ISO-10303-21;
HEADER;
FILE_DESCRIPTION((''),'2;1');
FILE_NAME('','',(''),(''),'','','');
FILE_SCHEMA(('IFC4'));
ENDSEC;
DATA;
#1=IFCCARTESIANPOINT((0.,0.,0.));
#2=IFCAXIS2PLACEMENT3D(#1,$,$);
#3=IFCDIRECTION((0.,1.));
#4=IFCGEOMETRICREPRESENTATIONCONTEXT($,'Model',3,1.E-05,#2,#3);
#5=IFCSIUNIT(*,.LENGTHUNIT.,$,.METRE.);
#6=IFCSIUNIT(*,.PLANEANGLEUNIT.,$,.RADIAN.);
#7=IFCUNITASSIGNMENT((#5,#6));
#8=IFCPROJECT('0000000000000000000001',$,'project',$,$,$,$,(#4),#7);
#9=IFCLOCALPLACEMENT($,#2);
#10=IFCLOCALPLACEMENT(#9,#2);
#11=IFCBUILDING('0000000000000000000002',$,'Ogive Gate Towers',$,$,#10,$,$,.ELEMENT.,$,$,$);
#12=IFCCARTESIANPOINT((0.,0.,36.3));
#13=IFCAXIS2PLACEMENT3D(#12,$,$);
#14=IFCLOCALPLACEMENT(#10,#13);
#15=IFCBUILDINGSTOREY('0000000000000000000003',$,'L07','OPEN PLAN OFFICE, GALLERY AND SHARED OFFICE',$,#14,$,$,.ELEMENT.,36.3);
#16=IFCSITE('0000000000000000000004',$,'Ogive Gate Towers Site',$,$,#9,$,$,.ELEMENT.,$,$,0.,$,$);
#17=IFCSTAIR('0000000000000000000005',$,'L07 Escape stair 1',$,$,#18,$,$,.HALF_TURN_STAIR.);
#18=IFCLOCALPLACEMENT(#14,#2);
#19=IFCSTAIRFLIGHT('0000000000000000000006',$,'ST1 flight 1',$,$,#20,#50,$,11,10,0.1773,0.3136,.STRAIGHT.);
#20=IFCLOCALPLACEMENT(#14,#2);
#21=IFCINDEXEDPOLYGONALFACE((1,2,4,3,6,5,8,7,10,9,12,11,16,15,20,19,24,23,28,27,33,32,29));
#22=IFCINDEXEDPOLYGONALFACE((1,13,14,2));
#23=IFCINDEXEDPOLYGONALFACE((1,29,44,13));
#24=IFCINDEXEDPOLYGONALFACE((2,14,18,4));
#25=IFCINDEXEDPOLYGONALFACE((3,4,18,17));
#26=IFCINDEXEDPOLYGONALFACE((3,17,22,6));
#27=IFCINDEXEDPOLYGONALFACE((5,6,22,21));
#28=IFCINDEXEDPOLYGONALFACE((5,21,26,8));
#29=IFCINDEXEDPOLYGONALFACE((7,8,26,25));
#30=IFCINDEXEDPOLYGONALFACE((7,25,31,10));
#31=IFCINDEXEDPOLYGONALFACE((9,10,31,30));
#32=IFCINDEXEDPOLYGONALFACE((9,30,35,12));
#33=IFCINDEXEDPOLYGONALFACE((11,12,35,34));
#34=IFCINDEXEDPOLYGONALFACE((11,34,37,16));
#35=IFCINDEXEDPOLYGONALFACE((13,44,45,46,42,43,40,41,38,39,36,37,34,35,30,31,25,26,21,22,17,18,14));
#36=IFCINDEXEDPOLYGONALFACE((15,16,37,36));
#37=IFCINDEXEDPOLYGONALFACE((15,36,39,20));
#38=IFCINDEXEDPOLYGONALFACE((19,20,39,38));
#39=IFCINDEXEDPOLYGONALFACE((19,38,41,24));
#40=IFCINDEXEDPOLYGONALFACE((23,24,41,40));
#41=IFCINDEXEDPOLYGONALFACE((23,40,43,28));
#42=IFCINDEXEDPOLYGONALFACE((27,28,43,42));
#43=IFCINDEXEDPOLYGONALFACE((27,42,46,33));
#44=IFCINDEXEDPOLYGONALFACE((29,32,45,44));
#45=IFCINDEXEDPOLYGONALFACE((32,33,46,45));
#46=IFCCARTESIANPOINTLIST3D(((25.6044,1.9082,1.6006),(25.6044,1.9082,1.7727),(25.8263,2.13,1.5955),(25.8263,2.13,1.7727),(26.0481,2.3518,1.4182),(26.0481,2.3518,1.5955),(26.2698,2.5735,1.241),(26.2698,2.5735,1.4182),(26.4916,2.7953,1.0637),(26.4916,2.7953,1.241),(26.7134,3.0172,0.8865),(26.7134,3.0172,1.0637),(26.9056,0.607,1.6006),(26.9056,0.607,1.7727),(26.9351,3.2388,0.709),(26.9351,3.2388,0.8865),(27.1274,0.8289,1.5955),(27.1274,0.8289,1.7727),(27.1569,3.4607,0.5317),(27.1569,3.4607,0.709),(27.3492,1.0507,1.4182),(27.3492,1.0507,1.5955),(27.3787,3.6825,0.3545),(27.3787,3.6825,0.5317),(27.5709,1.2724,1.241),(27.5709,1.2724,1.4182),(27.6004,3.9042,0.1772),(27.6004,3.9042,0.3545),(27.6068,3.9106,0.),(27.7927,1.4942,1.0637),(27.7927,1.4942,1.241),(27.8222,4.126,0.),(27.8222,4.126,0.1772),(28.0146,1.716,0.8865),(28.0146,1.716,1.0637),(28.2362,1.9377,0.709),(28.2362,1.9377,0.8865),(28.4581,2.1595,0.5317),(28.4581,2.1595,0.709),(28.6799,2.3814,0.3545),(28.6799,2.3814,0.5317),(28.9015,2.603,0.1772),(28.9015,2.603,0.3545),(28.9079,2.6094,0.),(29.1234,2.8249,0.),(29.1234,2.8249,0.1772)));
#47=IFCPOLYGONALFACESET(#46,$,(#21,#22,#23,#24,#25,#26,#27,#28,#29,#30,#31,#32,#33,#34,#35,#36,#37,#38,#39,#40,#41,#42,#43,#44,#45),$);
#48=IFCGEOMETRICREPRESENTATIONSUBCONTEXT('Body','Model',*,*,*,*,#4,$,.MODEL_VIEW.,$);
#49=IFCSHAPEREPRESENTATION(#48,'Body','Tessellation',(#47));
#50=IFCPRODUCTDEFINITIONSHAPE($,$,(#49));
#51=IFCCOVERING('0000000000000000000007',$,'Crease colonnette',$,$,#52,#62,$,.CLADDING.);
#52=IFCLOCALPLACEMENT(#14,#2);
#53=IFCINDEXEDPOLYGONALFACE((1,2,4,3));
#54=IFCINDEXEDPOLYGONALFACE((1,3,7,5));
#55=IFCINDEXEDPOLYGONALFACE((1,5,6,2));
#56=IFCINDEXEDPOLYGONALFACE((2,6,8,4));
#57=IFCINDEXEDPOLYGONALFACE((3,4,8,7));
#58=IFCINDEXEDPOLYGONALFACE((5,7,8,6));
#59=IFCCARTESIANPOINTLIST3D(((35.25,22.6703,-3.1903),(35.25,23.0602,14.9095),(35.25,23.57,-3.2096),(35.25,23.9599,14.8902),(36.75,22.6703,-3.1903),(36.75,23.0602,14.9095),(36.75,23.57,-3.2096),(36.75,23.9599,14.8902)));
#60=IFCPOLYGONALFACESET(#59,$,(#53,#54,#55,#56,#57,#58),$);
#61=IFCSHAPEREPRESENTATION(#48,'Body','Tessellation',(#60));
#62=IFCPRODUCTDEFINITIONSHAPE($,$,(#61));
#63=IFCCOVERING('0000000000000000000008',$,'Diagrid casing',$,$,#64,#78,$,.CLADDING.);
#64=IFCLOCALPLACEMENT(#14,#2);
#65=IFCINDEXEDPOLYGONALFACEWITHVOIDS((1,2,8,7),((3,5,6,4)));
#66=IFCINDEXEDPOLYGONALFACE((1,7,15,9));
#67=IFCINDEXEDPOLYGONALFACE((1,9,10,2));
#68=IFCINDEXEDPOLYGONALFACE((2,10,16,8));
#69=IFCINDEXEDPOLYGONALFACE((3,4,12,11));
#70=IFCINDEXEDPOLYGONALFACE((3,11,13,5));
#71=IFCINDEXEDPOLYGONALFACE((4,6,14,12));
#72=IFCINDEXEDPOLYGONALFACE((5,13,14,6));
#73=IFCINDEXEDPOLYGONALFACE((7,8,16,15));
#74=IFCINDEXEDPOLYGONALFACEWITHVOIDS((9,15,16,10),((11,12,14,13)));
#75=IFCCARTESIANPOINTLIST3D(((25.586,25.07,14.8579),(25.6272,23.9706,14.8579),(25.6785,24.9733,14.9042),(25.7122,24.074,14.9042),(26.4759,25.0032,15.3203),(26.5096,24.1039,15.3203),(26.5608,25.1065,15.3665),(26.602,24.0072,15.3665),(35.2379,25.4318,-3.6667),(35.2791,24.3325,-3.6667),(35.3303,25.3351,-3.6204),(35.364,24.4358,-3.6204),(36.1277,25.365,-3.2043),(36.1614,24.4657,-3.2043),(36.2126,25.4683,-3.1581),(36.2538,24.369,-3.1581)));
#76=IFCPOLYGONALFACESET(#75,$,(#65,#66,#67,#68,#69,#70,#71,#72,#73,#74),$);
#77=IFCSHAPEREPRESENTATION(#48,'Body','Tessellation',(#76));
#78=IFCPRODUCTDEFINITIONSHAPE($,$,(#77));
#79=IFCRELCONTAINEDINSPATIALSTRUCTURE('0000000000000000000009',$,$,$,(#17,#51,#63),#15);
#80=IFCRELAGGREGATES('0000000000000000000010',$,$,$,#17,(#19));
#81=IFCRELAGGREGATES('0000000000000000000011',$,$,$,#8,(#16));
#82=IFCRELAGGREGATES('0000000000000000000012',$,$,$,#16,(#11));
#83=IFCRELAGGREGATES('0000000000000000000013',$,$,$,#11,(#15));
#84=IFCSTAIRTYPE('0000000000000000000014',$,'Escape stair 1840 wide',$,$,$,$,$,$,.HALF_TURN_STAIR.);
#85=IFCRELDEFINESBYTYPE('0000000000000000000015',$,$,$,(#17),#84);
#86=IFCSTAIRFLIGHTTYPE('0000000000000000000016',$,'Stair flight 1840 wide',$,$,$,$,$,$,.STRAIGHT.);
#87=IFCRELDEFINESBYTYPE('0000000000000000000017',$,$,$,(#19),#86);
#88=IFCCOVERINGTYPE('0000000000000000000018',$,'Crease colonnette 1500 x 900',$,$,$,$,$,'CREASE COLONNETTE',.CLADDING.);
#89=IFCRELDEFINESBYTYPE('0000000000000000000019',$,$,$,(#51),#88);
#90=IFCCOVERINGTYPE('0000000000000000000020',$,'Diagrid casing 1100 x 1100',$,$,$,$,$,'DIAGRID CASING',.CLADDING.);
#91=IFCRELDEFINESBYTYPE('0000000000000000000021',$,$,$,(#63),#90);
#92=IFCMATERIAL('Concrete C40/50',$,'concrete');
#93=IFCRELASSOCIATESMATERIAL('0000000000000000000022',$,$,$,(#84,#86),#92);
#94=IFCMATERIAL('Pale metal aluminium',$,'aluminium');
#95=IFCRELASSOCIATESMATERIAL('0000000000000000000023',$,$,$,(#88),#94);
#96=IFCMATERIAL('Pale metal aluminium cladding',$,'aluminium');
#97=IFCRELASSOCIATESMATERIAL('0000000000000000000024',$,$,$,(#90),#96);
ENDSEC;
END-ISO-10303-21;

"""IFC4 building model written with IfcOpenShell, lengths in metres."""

from ifc_helpers import new_model, si_unit, direction, frame, origin, origin_2d, place, context, subcontext, project, spatial, polyline, rectangle, hollow_rectangle, outline, extrude, material, material_profile, profile_set, type_object, element, aggregate, save


model = new_model("IFC4")

# Units and contexts
model_context = context("Model", 3, precision=1e-05, world=origin(), true_north=direction((0.0, 1.0)))
body_context = subcontext(model_context, "Body", "Model", "MODEL_VIEW")
ifc_project = project(units=[si_unit("LENGTHUNIT", "METRE"), si_unit("PLANEANGLEUNIT", "RADIAN")], contexts=[model_context])

# Site, building, storey
site_placement = place(None, origin())
site = spatial("IfcSite", under=ifc_project, at=site_placement, Name="Ogive Gate Towers Site", CompositionType="ELEMENT", RefElevation=0.0)
building_placement = place(site_placement, origin())
building = spatial("IfcBuilding", under=site, at=building_placement, Name="Ogive Gate Towers", CompositionType="ELEMENT")
storey_placement = place(building_placement, frame((0.0, 0.0, 36.3)))
storey = spatial("IfcBuildingStorey", under=building, at=storey_placement, Name="L07", Description="OPEN PLAN OFFICE, GALLERY AND SHARED OFFICE", CompositionType="ELEMENT", Elevation=36.3)

# Shared definitions
ifc_material_1 = material(Name="Concrete C40/50", Category="concrete")

# Stair, stair flight
stair_type = type_object("IfcStairType", Name="Escape stair 1840 wide", PredefinedType="HALF_TURN_STAIR", material=ifc_material_1)
stair_placement = place(storey_placement, origin())
stair = element("IfcStair", 1, at=stair_placement, inside=storey, type_object=stair_type, Name="L07 Escape stair 1", PredefinedType="HALF_TURN_STAIR")
stair_flight_type = type_object("IfcStairFlightType", Name="Stair flight 1840 wide", PredefinedType="STRAIGHT", material=ifc_material_1)
stair_flight_placement = place(storey_placement, frame((28.4729, 3.4753, 0.0), z_axis=(0.0, 0.0, 1.0), x_axis=(-0.707107, -0.707107, 0.0)))
stair_flight = element("IfcStairFlight", 2, at=stair_flight_placement, type_object=stair_flight_type, Name="ST1 flight 1", NumberOfRisers=11, NumberOfTreads=10, PredefinedType="STRAIGHT", RiserHeight=0.1773, TreadLength=0.3136, context=body_context, shape_type="SweptSolid", body=[
    extrude(outline(polyline([(0.0, 0.0), (0.0, 0.1772), (0.3137, 0.1772), (0.3137, 0.3545), (0.6272, 0.3545), (0.6272, 0.5317), (0.9409, 0.5317), (0.9409, 0.709), (1.2546, 0.709), (1.2546, 0.8865), (1.5681, 0.8865), (1.5681, 1.0637), (1.8818, 1.0637), (1.8818, 1.241), (2.1956, 1.241), (2.1956, 1.4182), (2.509, 1.4182), (2.509, 1.5955), (2.8228, 1.5955), (2.8228, 1.7727), (3.1365, 1.7727), (3.1365, 1.95), (3.1365, 1.6006), (0.3047, 0.0), (0.0, 0.0)])), frame((0.0, 0.9199, 0.0), z_axis=(0.0, -1.0, 0.0), x_axis=(1.0, 0.0, 0.0)), (0.0, 0.0, 1.0), 1.8401),
])
aggregate(stair, [stair_flight])

# Coverings
ifc_material_2 = material(Name="Pale metal aluminium", Category="aluminium")
ifc_material_profile_1 = material_profile(ifc_material_2, rectangle(XDim=1.5, YDim=0.8999, at=origin_2d()), Name="1500 x 900 pale metal aluminium")
ifc_profile_set_1 = profile_set([ifc_material_profile_1], Name="Pale metal aluminium")
covering_type_1 = type_object("IfcCoveringType", Name="Crease colonnette 1500 x 900", ElementType="CREASE COLONNETTE", PredefinedType="CLADDING", material=ifc_profile_set_1)
covering_1_placement = place(storey_placement, frame((36.0, 23.1201, -3.2), z_axis=(0.0, 0.021536, 0.999768), x_axis=(-1.0, 0.0, 0.0)))
element("IfcCovering", 3, at=covering_1_placement, inside=storey, type_object=covering_type_1, Name="Crease colonnette", PredefinedType="CLADDING", context=body_context, shape_type="SweptSolid", body=[
    extrude(rectangle(XDim=1.5, YDim=0.8999, at=origin_2d()), origin(), (0.0, 0.0, 1.0), 18.104),
])
ifc_material_3 = material(Name="Pale metal aluminium cladding", Category="aluminium")
ifc_material_profile_2 = material_profile(ifc_material_3, hollow_rectangle(XDim=1.1001, YDim=1.1001, WallThickness=0.1001, at=origin_2d()), Name="1100 x 1100 pale metal casing")
ifc_profile_set_2 = profile_set([ifc_material_profile_2], Name="Pale metal aluminium cladding")
covering_type_2 = type_object("IfcCoveringType", Name="Diagrid casing 1100 x 1100", ElementType="DIAGRID CASING", PredefinedType="CLADDING", material=ifc_profile_set_2)
covering_2_placement = place(storey_placement, frame((35.7458, 24.9004, -3.4124), z_axis=(-0.462001, -0.017319, 0.886711), x_axis=(0.03746, -0.999298, 0.0)))
element("IfcCovering", 4, at=covering_2_placement, inside=storey, type_object=covering_type_2, Name="Diagrid casing", PredefinedType="CLADDING", context=body_context, shape_type="SweptSolid", body=[
    extrude(hollow_rectangle(XDim=1.1001, YDim=1.1001, WallThickness=0.1001, at=origin_2d()), origin(), (0.0, 0.0, 1.0), 20.8914),
])

save(model, "model.ifc")
